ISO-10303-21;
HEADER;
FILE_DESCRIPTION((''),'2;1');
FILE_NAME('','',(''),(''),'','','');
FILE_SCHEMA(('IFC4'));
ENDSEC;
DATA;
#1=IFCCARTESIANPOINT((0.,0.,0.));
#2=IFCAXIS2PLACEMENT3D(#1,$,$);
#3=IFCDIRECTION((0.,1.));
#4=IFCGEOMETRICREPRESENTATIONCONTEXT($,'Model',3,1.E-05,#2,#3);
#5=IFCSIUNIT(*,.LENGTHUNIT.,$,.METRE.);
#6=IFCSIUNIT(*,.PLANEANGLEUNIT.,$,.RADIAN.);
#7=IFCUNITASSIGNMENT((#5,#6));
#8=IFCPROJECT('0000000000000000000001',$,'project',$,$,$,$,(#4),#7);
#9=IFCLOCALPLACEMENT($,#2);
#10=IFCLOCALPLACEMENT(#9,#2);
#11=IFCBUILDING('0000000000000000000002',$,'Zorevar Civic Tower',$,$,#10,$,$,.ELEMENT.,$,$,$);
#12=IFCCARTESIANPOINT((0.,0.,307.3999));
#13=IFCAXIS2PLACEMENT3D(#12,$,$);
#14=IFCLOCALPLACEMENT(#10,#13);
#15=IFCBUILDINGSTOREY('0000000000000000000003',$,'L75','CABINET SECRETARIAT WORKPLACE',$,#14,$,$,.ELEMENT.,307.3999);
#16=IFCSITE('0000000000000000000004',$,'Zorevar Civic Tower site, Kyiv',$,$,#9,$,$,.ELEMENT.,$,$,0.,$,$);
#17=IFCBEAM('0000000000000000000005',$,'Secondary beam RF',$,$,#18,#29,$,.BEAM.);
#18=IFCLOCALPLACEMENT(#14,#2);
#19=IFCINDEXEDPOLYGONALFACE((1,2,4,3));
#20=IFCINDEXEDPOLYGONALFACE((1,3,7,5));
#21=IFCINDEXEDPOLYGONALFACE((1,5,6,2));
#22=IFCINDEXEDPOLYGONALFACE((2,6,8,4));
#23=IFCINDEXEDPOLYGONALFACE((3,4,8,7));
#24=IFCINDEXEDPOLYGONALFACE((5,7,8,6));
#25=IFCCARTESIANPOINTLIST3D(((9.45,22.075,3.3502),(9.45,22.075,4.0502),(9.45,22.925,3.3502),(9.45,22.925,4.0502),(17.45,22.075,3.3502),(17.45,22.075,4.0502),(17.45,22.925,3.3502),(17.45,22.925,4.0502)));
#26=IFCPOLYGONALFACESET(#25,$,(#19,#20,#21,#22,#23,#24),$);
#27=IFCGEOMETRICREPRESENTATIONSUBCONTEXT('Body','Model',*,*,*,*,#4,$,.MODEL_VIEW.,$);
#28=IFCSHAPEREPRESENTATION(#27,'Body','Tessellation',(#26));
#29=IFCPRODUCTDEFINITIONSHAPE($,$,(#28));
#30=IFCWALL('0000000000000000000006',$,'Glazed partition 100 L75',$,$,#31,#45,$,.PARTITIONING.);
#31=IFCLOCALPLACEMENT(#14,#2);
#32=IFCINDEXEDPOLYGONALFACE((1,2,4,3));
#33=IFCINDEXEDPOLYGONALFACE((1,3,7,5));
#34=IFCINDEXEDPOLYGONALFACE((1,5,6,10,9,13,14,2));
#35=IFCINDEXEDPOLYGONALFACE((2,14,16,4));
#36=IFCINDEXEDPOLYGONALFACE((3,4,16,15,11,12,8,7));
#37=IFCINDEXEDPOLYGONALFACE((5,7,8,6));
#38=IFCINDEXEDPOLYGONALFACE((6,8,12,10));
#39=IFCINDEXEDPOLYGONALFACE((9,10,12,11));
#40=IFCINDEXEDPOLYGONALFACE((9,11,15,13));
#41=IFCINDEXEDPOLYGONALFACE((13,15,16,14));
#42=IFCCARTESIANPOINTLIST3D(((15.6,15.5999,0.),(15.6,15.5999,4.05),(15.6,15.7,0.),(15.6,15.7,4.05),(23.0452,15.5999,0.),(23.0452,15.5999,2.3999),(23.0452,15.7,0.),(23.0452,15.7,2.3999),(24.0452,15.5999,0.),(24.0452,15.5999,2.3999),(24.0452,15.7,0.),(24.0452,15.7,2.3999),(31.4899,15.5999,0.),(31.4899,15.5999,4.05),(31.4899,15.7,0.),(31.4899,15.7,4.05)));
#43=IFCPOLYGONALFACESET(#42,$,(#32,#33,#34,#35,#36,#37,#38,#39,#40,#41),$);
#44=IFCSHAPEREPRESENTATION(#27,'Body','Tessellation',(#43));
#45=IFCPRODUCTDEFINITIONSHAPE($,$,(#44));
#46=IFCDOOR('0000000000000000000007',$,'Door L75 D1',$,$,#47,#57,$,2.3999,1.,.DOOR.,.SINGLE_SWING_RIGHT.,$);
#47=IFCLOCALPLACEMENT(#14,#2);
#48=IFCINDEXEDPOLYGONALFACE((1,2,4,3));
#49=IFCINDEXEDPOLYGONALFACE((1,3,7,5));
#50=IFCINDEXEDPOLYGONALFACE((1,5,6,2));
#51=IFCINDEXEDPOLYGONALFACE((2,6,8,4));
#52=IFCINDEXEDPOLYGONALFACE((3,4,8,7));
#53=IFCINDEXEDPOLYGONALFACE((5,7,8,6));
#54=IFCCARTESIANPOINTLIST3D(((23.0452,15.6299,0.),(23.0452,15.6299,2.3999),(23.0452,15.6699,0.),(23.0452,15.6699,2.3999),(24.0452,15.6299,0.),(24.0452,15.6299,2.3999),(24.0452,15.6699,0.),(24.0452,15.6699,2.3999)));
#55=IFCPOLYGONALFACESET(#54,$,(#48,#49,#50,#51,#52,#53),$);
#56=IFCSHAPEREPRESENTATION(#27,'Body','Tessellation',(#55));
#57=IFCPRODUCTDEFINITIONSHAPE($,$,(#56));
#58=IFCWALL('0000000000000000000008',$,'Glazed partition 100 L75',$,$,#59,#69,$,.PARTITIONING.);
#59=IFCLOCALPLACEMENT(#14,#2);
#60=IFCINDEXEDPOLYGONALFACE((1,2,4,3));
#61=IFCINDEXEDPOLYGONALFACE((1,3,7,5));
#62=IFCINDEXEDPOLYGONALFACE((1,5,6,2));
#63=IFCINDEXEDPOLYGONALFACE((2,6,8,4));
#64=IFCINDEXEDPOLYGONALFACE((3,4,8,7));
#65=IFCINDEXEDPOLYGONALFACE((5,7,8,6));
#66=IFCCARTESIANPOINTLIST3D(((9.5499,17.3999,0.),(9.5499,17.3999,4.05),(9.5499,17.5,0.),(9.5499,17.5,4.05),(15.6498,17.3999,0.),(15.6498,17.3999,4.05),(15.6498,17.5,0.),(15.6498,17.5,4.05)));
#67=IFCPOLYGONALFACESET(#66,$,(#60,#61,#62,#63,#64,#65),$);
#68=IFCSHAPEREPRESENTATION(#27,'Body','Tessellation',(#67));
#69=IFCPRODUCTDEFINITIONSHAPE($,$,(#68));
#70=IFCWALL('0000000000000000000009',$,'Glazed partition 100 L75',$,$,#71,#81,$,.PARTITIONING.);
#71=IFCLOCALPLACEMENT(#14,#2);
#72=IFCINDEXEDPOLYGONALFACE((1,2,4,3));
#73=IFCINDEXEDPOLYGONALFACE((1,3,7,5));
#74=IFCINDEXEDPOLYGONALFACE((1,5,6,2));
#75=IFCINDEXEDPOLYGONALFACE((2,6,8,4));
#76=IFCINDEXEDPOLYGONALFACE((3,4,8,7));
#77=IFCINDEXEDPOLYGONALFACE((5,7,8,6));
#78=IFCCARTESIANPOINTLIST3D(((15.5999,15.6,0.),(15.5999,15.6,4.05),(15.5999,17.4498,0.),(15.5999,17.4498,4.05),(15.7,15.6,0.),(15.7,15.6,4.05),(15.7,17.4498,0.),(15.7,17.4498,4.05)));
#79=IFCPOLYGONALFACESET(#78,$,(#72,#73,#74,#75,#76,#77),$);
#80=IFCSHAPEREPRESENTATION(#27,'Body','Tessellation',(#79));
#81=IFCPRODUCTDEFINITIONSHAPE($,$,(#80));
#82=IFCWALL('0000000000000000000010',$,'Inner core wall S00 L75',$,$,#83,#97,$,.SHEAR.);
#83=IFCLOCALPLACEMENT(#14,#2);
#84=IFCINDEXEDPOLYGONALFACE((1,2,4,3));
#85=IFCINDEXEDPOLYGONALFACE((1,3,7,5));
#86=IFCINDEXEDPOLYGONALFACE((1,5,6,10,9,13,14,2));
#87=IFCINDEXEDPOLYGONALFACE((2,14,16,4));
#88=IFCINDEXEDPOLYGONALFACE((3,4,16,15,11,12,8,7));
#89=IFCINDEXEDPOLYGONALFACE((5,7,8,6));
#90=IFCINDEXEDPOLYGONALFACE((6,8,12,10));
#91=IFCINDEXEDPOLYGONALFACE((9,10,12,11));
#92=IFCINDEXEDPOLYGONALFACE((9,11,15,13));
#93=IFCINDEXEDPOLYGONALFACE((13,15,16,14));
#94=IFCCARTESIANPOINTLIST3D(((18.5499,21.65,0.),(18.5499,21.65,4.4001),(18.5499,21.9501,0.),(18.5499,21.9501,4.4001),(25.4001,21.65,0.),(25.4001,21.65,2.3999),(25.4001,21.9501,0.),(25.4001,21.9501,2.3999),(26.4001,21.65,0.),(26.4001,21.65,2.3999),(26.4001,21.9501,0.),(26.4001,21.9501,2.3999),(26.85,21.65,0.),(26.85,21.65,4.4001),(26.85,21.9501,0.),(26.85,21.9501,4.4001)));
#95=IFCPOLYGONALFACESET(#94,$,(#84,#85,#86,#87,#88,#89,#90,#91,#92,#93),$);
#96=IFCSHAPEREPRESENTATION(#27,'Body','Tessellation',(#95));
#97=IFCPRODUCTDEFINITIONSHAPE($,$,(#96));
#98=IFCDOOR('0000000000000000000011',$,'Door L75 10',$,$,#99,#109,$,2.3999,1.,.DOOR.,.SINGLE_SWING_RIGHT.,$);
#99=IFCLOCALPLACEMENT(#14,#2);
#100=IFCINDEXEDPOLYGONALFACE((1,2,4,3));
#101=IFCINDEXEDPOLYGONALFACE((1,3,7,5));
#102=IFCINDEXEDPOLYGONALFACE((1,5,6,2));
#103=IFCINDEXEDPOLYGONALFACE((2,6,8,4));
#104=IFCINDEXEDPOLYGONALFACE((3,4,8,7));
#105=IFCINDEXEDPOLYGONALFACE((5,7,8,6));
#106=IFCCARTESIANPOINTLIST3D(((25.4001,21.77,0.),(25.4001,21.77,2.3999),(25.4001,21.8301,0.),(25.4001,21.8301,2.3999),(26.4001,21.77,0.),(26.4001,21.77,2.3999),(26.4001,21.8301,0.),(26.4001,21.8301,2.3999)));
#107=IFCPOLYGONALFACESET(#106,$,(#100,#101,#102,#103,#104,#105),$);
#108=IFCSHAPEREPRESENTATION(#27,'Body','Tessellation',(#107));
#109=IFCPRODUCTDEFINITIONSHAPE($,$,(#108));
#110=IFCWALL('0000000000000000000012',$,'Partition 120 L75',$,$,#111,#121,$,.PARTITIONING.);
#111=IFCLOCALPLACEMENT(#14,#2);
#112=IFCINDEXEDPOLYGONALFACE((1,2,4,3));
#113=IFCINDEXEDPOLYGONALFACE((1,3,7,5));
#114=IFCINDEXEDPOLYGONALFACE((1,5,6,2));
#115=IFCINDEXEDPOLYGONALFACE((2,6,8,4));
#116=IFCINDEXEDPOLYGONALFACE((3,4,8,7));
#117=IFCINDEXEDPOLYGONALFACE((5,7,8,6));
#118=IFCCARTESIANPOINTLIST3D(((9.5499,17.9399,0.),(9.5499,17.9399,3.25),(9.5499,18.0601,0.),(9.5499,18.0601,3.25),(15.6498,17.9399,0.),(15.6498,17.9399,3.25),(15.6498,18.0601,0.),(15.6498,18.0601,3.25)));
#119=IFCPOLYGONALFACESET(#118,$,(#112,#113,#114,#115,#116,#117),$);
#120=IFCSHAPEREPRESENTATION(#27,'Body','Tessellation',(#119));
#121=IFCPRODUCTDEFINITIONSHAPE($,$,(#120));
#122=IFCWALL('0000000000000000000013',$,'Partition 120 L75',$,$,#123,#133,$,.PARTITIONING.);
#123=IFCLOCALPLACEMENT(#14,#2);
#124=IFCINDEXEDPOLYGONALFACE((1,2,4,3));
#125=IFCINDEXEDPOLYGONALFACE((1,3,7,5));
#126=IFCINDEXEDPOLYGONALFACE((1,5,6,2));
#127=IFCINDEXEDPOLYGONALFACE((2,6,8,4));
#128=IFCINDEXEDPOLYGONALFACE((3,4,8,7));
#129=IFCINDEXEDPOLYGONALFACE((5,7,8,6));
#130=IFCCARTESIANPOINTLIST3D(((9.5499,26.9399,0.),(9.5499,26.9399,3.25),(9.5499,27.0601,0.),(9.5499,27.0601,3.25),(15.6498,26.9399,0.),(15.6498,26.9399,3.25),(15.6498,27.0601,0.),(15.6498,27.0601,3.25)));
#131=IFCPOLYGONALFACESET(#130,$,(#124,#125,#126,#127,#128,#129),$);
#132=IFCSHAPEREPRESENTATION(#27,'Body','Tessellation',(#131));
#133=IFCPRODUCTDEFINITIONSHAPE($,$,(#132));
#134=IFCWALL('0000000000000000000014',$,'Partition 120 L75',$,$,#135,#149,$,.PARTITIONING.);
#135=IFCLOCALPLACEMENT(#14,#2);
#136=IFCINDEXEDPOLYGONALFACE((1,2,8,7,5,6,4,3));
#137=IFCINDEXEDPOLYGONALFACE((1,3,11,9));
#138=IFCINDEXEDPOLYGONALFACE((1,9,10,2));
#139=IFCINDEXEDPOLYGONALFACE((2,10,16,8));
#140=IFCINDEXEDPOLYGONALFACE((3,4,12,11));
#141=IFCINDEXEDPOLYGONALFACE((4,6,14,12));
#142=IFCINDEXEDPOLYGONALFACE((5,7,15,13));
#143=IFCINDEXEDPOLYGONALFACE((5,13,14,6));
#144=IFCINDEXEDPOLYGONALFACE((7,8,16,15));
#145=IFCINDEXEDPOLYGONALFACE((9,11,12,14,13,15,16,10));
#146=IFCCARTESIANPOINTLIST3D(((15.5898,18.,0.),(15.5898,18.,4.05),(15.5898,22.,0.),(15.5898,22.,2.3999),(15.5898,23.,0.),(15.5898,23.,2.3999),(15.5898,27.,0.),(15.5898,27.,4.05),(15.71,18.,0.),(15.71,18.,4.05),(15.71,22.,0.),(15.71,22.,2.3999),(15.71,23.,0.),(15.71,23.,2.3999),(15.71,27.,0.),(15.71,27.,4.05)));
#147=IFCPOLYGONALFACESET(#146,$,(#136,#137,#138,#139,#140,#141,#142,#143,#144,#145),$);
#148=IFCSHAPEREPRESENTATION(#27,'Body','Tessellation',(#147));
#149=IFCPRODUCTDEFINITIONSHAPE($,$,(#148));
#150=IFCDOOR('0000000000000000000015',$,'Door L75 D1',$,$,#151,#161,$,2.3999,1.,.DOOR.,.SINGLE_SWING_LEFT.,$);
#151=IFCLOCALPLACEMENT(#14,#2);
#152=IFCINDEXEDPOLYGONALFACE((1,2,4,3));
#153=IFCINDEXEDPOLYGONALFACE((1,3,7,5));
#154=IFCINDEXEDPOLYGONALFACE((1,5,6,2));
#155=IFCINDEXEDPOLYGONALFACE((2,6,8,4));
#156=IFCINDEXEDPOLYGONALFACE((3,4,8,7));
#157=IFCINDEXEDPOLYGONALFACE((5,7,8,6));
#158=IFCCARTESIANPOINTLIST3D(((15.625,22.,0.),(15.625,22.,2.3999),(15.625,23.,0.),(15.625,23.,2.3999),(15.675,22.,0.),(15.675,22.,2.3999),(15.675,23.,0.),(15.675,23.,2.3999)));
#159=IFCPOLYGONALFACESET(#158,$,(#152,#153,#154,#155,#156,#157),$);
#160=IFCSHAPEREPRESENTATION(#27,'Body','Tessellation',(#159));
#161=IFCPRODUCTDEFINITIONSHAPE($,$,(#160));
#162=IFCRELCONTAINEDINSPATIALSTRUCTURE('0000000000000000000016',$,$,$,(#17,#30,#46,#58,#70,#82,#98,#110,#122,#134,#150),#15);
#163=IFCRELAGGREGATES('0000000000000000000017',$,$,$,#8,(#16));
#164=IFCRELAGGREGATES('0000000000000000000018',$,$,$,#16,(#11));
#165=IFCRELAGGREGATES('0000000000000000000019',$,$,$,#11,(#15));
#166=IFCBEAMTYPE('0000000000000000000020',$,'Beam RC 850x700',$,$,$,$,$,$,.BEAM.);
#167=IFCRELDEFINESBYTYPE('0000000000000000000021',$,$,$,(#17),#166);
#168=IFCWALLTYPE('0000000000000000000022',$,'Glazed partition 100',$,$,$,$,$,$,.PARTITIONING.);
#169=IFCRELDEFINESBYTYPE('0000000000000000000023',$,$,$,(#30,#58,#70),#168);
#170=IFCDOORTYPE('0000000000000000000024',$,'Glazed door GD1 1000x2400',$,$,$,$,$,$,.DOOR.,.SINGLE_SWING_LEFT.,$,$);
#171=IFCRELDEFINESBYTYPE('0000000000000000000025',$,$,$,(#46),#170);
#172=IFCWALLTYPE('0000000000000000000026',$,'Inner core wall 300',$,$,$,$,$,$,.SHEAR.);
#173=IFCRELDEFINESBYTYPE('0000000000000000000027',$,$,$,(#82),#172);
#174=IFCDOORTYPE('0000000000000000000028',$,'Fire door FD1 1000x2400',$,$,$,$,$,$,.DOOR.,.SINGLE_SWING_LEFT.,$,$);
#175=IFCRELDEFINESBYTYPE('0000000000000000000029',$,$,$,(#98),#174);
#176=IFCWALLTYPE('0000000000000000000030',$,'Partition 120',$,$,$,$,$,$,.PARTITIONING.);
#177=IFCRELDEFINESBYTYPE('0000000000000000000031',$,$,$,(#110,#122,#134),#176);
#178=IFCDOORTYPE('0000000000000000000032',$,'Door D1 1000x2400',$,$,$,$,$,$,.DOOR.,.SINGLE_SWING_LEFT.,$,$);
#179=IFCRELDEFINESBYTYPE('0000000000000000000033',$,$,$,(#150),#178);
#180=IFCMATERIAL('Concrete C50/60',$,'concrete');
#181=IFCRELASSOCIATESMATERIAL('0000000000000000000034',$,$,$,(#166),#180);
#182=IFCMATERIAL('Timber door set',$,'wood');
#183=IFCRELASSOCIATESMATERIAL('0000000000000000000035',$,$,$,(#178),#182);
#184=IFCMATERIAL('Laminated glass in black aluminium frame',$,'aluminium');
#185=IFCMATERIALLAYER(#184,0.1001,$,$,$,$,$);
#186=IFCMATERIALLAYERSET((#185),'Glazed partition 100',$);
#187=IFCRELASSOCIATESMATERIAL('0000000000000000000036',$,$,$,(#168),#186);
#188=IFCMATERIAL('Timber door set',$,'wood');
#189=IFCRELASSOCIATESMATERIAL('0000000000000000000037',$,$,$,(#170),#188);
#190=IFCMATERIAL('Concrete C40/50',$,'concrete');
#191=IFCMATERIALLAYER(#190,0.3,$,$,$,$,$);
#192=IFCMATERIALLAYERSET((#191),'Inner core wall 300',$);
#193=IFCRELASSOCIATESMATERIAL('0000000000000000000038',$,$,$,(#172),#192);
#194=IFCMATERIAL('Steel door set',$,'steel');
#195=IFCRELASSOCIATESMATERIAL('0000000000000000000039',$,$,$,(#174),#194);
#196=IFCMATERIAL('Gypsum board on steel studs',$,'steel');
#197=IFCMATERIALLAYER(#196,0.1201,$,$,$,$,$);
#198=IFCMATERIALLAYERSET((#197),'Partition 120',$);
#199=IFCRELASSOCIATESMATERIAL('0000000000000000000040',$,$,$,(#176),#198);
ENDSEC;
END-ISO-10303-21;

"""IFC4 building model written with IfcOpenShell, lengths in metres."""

from ifc_helpers import new_model, si_unit, direction, frame, frame_2d, origin, origin_2d, place, context, subcontext, project, spatial, rectangle, extrude, material, layer, layer_set, material_profile, profile_set, type_object, element, fill, save


model = new_model("IFC4")

# Units and contexts
model_context = context("Model", 3, precision=1e-05, world=origin(), true_north=direction((0.0, 1.0)))
body_context = subcontext(model_context, "Body", "Model", "MODEL_VIEW")
ifc_project = project(units=[si_unit("LENGTHUNIT", "METRE"), si_unit("PLANEANGLEUNIT", "RADIAN")], contexts=[model_context])

# Site, building, storey
site_placement = place(None, origin())
site = spatial("IfcSite", under=ifc_project, at=site_placement, Name="Zorevar Civic Tower site, Kyiv", CompositionType="ELEMENT", RefElevation=0.0)
building_placement = place(site_placement, origin())
building = spatial("IfcBuilding", under=site, at=building_placement, Name="Zorevar Civic Tower", CompositionType="ELEMENT")
storey_placement = place(building_placement, frame((0.0, 0.0, 307.3999)))
storey = spatial("IfcBuildingStorey", under=building, at=storey_placement, Name="L75", Description="CABINET SECRETARIAT WORKPLACE", CompositionType="ELEMENT", Elevation=307.3999)

# Beam
ifc_material_1 = material(Name="Concrete C50/60", Category="concrete")
ifc_material_profile = material_profile(ifc_material_1, rectangle(XDim=0.8501, YDim=0.7, at=origin_2d()), Name="RC 850x700")
ifc_profile_set = profile_set([ifc_material_profile], Name="Concrete C50/60")
beam_type = type_object("IfcBeamType", Name="Beam RC 850x700", PredefinedType="BEAM", material=ifc_profile_set)
beam_placement = place(storey_placement, frame((9.45, 22.5, 3.7002), z_axis=(1.0, 0.0, 0.0), x_axis=(0.0, 1.0, 0.0)))
element("IfcBeam", 1, at=beam_placement, inside=storey, type_object=beam_type, Name="Secondary beam RF", PredefinedType="BEAM", context=body_context, shape_type="SweptSolid", body=[
    extrude(rectangle(XDim=0.8501, YDim=0.7, at=origin_2d()), origin(), (0.0, 0.0, 1.0), 8.0),
])

# Shared definitions
ifc_material_2 = material(Name="Timber door set", Category="wood")
door_type_1 = type_object("IfcDoorType", Name="Door D1 1000x2400", OperationType="SINGLE_SWING_LEFT", PredefinedType="DOOR", material=ifc_material_2)

# Wall, opening, door
ifc_material_3 = material(Name="Laminated glass in black aluminium frame", Category="aluminium")
ifc_layer_1 = layer(ifc_material_3, 0.1001)
ifc_layer_set_1 = layer_set([ifc_layer_1], Name="Glazed partition 100")
wall_type_1 = type_object("IfcWallType", Name="Glazed partition 100", PredefinedType="PARTITIONING", material=ifc_layer_set_1)
wall_1_placement = place(storey_placement, frame((15.6001, 15.6499, 0.0), z_axis=(0.0, 0.0, 1.0), x_axis=(1.0, 0.0, 0.0)))
wall_1 = element("IfcWall", 2, at=wall_1_placement, inside=storey, type_object=wall_type_1, Name="Glazed partition 100 L75", PredefinedType="PARTITIONING", context=body_context, shape_type="SweptSolid", body=[
    extrude(rectangle(XDim=15.8899, YDim=0.1001, at=frame_2d((7.9448, 0.0))), origin(), (0.0, 0.0, 1.0), 4.05),
])
opening_1_placement = place(wall_1_placement, frame((7.4451, 0.0, 0.0)))
opening_1 = element("IfcOpeningElement", 3, at=opening_1_placement, cuts=wall_1, PredefinedType="OPENING", context=body_context, shape_type="SweptSolid", body=[
    extrude(rectangle(XDim=1.0, YDim=2.3999, at=frame_2d((0.5, 1.2))), frame((0.0, 0.0601, 0.0), z_axis=(0.0, -1.0, 0.0), x_axis=(1.0, 0.0, 0.0)), (0.0, 0.0, 1.0), 0.1201),
])
ifc_material_4 = material(Name="Timber door set", Category="wood")
door_type_2 = type_object("IfcDoorType", Name="Glazed door GD1 1000x2400", OperationType="SINGLE_SWING_LEFT", PredefinedType="DOOR", material=ifc_material_4)
door_1_placement = place(opening_1_placement, origin())
door_1 = element("IfcDoor", 4, at=door_1_placement, inside=storey, type_object=door_type_2, Name="Door L75 D1", OperationType="SINGLE_SWING_RIGHT", OverallHeight=2.3999, OverallWidth=1.0, PredefinedType="DOOR", context=body_context, shape_type="SweptSolid", body=[
    extrude(rectangle(XDim=1.0, YDim=2.3999, at=frame_2d((0.5, 1.2))), frame((0.0, 0.02, 0.0), z_axis=(0.0, -1.0, 0.0), x_axis=(1.0, 0.0, 0.0)), (0.0, 0.0, 1.0), 0.04),
])
fill(opening_1, door_1)

# Walls
wall_2_placement = place(storey_placement, frame((9.55, 17.45, 0.0), z_axis=(0.0, 0.0, 1.0), x_axis=(1.0, 0.0, 0.0)))
element("IfcWall", 5, at=wall_2_placement, inside=storey, type_object=wall_type_1, Name="Glazed partition 100 L75", PredefinedType="PARTITIONING", context=body_context, shape_type="SweptSolid", body=[
    extrude(rectangle(XDim=6.0999, YDim=0.1001, at=frame_2d((3.0498, 0.0))), origin(), (0.0, 0.0, 1.0), 4.05),
])
wall_3_placement = place(storey_placement, frame((15.6499, 15.6001, 0.0), z_axis=(0.0, 0.0, 1.0), x_axis=(0.0, 1.0, 0.0)))
element("IfcWall", 6, at=wall_3_placement, inside=storey, type_object=wall_type_1, Name="Glazed partition 100 L75", PredefinedType="PARTITIONING", context=body_context, shape_type="SweptSolid", body=[
    extrude(rectangle(XDim=1.8499, YDim=0.1001, at=frame_2d((0.9248, 0.0))), origin(), (0.0, 0.0, 1.0), 4.05),
])

# Wall, opening, door
ifc_material_5 = material(Name="Concrete C40/50", Category="concrete")
ifc_layer_2 = layer(ifc_material_5, 0.3)
ifc_layer_set_2 = layer_set([ifc_layer_2], Name="Inner core wall 300")
wall_type_2 = type_object("IfcWallType", Name="Inner core wall 300", PredefinedType="SHEAR", material=ifc_layer_set_2)
wall_4_placement = place(storey_placement, frame((18.55, 21.8, 0.0), z_axis=(0.0, 0.0, 1.0), x_axis=(1.0, 0.0, 0.0)))
wall_4 = element("IfcWall", 7, at=wall_4_placement, inside=storey, type_object=wall_type_2, Name="Inner core wall S00 L75", PredefinedType="SHEAR", context=body_context, shape_type="SweptSolid", body=[
    extrude(rectangle(XDim=8.3, YDim=0.3, at=frame_2d((4.1499, 0.0))), origin(), (0.0, 0.0, 1.0), 4.4001),
])
opening_2_placement = place(wall_4_placement, frame((6.8501, 0.0, 0.0)))
opening_2 = element("IfcOpeningElement", 8, at=opening_2_placement, cuts=wall_4, PredefinedType="OPENING", context=body_context, shape_type="SweptSolid", body=[
    extrude(rectangle(XDim=1.0, YDim=2.3999, at=frame_2d((0.5, 1.2))), frame((0.0, 0.1599, 0.0), z_axis=(0.0, -1.0, 0.0), x_axis=(1.0, 0.0, 0.0)), (0.0, 0.0, 1.0), 0.3201),
])
ifc_material_6 = material(Name="Steel door set", Category="steel")
door_type_3 = type_object("IfcDoorType", Name="Fire door FD1 1000x2400", OperationType="SINGLE_SWING_LEFT", PredefinedType="DOOR", material=ifc_material_6)
door_2_placement = place(opening_2_placement, origin())
door_2 = element("IfcDoor", 9, at=door_2_placement, inside=storey, type_object=door_type_3, Name="Door L75 10", OperationType="SINGLE_SWING_RIGHT", OverallHeight=2.3999, OverallWidth=1.0, PredefinedType="DOOR", context=body_context, shape_type="SweptSolid", body=[
    extrude(rectangle(XDim=1.0, YDim=2.3999, at=frame_2d((0.5, 1.2))), frame((0.0, 0.03, 0.0), z_axis=(0.0, -1.0, 0.0), x_axis=(1.0, 0.0, 0.0)), (0.0, 0.0, 1.0), 0.0601),
])
fill(opening_2, door_2)

# Walls
ifc_material_7 = material(Name="Gypsum board on steel studs", Category="steel")
ifc_layer_3 = layer(ifc_material_7, 0.1201)
ifc_layer_set_3 = layer_set([ifc_layer_3], Name="Partition 120")
wall_type_3 = type_object("IfcWallType", Name="Partition 120", PredefinedType="PARTITIONING", material=ifc_layer_set_3)
for number, where, z_axis, x_axis, name in (
    (10, (9.55, 18.0, 0.0), (0.0, 0.0, 1.0), (1.0, 0.0, 0.0), "Partition 120 L75"),
    (11, (9.55, 27.0, 0.0), (0.0, 0.0, 1.0), (1.0, 0.0, 0.0), "Partition 120 L75"),
):
    element("IfcWall", number, at=place(storey_placement, frame(where, z_axis=z_axis, x_axis=x_axis)), inside=storey, type_object=wall_type_3, Name=name, PredefinedType="PARTITIONING", context=body_context, shape_type="SweptSolid", body=[
        extrude(rectangle(XDim=6.0999, YDim=0.1201, at=frame_2d((3.0498, 0.0))), origin(), (0.0, 0.0, 1.0), 3.25),
    ])

# Wall, opening, door
wall_5_placement = place(storey_placement, frame((15.6499, 18.0, 0.0), z_axis=(0.0, 0.0, 1.0), x_axis=(0.0, 1.0, 0.0)))
wall_5 = element("IfcWall", 12, at=wall_5_placement, inside=storey, type_object=wall_type_3, Name="Partition 120 L75", PredefinedType="PARTITIONING", context=body_context, shape_type="SweptSolid", body=[
    extrude(rectangle(XDim=9.0, YDim=0.1201, at=frame_2d((4.5, 0.0))), origin(), (0.0, 0.0, 1.0), 4.05),
])
opening_3_placement = place(wall_5_placement, frame((4.0, 0.0, 0.0)))
opening_3 = element("IfcOpeningElement", 13, at=opening_3_placement, cuts=wall_5, PredefinedType="OPENING", context=body_context, shape_type="SweptSolid", body=[
    extrude(rectangle(XDim=1.0, YDim=2.3999, at=frame_2d((0.5, 1.2))), frame((0.0, 0.0701, 0.0), z_axis=(0.0, -1.0, 0.0), x_axis=(1.0, 0.0, 0.0)), (0.0, 0.0, 1.0), 0.1401),
])
door_3_placement = place(opening_3_placement, origin())
door_3 = element("IfcDoor", 14, at=door_3_placement, inside=storey, type_object=door_type_1, Name="Door L75 D1", OperationType="SINGLE_SWING_LEFT", OverallHeight=2.3999, OverallWidth=1.0, PredefinedType="DOOR", context=body_context, shape_type="SweptSolid", body=[
    extrude(rectangle(XDim=1.0, YDim=2.3999, at=frame_2d((0.5, 1.2))), frame((0.0, 0.0249, 0.0), z_axis=(0.0, -1.0, 0.0), x_axis=(1.0, 0.0, 0.0)), (0.0, 0.0, 1.0), 0.05),
])
fill(opening_3, door_3)

save(model, "model.ifc")
